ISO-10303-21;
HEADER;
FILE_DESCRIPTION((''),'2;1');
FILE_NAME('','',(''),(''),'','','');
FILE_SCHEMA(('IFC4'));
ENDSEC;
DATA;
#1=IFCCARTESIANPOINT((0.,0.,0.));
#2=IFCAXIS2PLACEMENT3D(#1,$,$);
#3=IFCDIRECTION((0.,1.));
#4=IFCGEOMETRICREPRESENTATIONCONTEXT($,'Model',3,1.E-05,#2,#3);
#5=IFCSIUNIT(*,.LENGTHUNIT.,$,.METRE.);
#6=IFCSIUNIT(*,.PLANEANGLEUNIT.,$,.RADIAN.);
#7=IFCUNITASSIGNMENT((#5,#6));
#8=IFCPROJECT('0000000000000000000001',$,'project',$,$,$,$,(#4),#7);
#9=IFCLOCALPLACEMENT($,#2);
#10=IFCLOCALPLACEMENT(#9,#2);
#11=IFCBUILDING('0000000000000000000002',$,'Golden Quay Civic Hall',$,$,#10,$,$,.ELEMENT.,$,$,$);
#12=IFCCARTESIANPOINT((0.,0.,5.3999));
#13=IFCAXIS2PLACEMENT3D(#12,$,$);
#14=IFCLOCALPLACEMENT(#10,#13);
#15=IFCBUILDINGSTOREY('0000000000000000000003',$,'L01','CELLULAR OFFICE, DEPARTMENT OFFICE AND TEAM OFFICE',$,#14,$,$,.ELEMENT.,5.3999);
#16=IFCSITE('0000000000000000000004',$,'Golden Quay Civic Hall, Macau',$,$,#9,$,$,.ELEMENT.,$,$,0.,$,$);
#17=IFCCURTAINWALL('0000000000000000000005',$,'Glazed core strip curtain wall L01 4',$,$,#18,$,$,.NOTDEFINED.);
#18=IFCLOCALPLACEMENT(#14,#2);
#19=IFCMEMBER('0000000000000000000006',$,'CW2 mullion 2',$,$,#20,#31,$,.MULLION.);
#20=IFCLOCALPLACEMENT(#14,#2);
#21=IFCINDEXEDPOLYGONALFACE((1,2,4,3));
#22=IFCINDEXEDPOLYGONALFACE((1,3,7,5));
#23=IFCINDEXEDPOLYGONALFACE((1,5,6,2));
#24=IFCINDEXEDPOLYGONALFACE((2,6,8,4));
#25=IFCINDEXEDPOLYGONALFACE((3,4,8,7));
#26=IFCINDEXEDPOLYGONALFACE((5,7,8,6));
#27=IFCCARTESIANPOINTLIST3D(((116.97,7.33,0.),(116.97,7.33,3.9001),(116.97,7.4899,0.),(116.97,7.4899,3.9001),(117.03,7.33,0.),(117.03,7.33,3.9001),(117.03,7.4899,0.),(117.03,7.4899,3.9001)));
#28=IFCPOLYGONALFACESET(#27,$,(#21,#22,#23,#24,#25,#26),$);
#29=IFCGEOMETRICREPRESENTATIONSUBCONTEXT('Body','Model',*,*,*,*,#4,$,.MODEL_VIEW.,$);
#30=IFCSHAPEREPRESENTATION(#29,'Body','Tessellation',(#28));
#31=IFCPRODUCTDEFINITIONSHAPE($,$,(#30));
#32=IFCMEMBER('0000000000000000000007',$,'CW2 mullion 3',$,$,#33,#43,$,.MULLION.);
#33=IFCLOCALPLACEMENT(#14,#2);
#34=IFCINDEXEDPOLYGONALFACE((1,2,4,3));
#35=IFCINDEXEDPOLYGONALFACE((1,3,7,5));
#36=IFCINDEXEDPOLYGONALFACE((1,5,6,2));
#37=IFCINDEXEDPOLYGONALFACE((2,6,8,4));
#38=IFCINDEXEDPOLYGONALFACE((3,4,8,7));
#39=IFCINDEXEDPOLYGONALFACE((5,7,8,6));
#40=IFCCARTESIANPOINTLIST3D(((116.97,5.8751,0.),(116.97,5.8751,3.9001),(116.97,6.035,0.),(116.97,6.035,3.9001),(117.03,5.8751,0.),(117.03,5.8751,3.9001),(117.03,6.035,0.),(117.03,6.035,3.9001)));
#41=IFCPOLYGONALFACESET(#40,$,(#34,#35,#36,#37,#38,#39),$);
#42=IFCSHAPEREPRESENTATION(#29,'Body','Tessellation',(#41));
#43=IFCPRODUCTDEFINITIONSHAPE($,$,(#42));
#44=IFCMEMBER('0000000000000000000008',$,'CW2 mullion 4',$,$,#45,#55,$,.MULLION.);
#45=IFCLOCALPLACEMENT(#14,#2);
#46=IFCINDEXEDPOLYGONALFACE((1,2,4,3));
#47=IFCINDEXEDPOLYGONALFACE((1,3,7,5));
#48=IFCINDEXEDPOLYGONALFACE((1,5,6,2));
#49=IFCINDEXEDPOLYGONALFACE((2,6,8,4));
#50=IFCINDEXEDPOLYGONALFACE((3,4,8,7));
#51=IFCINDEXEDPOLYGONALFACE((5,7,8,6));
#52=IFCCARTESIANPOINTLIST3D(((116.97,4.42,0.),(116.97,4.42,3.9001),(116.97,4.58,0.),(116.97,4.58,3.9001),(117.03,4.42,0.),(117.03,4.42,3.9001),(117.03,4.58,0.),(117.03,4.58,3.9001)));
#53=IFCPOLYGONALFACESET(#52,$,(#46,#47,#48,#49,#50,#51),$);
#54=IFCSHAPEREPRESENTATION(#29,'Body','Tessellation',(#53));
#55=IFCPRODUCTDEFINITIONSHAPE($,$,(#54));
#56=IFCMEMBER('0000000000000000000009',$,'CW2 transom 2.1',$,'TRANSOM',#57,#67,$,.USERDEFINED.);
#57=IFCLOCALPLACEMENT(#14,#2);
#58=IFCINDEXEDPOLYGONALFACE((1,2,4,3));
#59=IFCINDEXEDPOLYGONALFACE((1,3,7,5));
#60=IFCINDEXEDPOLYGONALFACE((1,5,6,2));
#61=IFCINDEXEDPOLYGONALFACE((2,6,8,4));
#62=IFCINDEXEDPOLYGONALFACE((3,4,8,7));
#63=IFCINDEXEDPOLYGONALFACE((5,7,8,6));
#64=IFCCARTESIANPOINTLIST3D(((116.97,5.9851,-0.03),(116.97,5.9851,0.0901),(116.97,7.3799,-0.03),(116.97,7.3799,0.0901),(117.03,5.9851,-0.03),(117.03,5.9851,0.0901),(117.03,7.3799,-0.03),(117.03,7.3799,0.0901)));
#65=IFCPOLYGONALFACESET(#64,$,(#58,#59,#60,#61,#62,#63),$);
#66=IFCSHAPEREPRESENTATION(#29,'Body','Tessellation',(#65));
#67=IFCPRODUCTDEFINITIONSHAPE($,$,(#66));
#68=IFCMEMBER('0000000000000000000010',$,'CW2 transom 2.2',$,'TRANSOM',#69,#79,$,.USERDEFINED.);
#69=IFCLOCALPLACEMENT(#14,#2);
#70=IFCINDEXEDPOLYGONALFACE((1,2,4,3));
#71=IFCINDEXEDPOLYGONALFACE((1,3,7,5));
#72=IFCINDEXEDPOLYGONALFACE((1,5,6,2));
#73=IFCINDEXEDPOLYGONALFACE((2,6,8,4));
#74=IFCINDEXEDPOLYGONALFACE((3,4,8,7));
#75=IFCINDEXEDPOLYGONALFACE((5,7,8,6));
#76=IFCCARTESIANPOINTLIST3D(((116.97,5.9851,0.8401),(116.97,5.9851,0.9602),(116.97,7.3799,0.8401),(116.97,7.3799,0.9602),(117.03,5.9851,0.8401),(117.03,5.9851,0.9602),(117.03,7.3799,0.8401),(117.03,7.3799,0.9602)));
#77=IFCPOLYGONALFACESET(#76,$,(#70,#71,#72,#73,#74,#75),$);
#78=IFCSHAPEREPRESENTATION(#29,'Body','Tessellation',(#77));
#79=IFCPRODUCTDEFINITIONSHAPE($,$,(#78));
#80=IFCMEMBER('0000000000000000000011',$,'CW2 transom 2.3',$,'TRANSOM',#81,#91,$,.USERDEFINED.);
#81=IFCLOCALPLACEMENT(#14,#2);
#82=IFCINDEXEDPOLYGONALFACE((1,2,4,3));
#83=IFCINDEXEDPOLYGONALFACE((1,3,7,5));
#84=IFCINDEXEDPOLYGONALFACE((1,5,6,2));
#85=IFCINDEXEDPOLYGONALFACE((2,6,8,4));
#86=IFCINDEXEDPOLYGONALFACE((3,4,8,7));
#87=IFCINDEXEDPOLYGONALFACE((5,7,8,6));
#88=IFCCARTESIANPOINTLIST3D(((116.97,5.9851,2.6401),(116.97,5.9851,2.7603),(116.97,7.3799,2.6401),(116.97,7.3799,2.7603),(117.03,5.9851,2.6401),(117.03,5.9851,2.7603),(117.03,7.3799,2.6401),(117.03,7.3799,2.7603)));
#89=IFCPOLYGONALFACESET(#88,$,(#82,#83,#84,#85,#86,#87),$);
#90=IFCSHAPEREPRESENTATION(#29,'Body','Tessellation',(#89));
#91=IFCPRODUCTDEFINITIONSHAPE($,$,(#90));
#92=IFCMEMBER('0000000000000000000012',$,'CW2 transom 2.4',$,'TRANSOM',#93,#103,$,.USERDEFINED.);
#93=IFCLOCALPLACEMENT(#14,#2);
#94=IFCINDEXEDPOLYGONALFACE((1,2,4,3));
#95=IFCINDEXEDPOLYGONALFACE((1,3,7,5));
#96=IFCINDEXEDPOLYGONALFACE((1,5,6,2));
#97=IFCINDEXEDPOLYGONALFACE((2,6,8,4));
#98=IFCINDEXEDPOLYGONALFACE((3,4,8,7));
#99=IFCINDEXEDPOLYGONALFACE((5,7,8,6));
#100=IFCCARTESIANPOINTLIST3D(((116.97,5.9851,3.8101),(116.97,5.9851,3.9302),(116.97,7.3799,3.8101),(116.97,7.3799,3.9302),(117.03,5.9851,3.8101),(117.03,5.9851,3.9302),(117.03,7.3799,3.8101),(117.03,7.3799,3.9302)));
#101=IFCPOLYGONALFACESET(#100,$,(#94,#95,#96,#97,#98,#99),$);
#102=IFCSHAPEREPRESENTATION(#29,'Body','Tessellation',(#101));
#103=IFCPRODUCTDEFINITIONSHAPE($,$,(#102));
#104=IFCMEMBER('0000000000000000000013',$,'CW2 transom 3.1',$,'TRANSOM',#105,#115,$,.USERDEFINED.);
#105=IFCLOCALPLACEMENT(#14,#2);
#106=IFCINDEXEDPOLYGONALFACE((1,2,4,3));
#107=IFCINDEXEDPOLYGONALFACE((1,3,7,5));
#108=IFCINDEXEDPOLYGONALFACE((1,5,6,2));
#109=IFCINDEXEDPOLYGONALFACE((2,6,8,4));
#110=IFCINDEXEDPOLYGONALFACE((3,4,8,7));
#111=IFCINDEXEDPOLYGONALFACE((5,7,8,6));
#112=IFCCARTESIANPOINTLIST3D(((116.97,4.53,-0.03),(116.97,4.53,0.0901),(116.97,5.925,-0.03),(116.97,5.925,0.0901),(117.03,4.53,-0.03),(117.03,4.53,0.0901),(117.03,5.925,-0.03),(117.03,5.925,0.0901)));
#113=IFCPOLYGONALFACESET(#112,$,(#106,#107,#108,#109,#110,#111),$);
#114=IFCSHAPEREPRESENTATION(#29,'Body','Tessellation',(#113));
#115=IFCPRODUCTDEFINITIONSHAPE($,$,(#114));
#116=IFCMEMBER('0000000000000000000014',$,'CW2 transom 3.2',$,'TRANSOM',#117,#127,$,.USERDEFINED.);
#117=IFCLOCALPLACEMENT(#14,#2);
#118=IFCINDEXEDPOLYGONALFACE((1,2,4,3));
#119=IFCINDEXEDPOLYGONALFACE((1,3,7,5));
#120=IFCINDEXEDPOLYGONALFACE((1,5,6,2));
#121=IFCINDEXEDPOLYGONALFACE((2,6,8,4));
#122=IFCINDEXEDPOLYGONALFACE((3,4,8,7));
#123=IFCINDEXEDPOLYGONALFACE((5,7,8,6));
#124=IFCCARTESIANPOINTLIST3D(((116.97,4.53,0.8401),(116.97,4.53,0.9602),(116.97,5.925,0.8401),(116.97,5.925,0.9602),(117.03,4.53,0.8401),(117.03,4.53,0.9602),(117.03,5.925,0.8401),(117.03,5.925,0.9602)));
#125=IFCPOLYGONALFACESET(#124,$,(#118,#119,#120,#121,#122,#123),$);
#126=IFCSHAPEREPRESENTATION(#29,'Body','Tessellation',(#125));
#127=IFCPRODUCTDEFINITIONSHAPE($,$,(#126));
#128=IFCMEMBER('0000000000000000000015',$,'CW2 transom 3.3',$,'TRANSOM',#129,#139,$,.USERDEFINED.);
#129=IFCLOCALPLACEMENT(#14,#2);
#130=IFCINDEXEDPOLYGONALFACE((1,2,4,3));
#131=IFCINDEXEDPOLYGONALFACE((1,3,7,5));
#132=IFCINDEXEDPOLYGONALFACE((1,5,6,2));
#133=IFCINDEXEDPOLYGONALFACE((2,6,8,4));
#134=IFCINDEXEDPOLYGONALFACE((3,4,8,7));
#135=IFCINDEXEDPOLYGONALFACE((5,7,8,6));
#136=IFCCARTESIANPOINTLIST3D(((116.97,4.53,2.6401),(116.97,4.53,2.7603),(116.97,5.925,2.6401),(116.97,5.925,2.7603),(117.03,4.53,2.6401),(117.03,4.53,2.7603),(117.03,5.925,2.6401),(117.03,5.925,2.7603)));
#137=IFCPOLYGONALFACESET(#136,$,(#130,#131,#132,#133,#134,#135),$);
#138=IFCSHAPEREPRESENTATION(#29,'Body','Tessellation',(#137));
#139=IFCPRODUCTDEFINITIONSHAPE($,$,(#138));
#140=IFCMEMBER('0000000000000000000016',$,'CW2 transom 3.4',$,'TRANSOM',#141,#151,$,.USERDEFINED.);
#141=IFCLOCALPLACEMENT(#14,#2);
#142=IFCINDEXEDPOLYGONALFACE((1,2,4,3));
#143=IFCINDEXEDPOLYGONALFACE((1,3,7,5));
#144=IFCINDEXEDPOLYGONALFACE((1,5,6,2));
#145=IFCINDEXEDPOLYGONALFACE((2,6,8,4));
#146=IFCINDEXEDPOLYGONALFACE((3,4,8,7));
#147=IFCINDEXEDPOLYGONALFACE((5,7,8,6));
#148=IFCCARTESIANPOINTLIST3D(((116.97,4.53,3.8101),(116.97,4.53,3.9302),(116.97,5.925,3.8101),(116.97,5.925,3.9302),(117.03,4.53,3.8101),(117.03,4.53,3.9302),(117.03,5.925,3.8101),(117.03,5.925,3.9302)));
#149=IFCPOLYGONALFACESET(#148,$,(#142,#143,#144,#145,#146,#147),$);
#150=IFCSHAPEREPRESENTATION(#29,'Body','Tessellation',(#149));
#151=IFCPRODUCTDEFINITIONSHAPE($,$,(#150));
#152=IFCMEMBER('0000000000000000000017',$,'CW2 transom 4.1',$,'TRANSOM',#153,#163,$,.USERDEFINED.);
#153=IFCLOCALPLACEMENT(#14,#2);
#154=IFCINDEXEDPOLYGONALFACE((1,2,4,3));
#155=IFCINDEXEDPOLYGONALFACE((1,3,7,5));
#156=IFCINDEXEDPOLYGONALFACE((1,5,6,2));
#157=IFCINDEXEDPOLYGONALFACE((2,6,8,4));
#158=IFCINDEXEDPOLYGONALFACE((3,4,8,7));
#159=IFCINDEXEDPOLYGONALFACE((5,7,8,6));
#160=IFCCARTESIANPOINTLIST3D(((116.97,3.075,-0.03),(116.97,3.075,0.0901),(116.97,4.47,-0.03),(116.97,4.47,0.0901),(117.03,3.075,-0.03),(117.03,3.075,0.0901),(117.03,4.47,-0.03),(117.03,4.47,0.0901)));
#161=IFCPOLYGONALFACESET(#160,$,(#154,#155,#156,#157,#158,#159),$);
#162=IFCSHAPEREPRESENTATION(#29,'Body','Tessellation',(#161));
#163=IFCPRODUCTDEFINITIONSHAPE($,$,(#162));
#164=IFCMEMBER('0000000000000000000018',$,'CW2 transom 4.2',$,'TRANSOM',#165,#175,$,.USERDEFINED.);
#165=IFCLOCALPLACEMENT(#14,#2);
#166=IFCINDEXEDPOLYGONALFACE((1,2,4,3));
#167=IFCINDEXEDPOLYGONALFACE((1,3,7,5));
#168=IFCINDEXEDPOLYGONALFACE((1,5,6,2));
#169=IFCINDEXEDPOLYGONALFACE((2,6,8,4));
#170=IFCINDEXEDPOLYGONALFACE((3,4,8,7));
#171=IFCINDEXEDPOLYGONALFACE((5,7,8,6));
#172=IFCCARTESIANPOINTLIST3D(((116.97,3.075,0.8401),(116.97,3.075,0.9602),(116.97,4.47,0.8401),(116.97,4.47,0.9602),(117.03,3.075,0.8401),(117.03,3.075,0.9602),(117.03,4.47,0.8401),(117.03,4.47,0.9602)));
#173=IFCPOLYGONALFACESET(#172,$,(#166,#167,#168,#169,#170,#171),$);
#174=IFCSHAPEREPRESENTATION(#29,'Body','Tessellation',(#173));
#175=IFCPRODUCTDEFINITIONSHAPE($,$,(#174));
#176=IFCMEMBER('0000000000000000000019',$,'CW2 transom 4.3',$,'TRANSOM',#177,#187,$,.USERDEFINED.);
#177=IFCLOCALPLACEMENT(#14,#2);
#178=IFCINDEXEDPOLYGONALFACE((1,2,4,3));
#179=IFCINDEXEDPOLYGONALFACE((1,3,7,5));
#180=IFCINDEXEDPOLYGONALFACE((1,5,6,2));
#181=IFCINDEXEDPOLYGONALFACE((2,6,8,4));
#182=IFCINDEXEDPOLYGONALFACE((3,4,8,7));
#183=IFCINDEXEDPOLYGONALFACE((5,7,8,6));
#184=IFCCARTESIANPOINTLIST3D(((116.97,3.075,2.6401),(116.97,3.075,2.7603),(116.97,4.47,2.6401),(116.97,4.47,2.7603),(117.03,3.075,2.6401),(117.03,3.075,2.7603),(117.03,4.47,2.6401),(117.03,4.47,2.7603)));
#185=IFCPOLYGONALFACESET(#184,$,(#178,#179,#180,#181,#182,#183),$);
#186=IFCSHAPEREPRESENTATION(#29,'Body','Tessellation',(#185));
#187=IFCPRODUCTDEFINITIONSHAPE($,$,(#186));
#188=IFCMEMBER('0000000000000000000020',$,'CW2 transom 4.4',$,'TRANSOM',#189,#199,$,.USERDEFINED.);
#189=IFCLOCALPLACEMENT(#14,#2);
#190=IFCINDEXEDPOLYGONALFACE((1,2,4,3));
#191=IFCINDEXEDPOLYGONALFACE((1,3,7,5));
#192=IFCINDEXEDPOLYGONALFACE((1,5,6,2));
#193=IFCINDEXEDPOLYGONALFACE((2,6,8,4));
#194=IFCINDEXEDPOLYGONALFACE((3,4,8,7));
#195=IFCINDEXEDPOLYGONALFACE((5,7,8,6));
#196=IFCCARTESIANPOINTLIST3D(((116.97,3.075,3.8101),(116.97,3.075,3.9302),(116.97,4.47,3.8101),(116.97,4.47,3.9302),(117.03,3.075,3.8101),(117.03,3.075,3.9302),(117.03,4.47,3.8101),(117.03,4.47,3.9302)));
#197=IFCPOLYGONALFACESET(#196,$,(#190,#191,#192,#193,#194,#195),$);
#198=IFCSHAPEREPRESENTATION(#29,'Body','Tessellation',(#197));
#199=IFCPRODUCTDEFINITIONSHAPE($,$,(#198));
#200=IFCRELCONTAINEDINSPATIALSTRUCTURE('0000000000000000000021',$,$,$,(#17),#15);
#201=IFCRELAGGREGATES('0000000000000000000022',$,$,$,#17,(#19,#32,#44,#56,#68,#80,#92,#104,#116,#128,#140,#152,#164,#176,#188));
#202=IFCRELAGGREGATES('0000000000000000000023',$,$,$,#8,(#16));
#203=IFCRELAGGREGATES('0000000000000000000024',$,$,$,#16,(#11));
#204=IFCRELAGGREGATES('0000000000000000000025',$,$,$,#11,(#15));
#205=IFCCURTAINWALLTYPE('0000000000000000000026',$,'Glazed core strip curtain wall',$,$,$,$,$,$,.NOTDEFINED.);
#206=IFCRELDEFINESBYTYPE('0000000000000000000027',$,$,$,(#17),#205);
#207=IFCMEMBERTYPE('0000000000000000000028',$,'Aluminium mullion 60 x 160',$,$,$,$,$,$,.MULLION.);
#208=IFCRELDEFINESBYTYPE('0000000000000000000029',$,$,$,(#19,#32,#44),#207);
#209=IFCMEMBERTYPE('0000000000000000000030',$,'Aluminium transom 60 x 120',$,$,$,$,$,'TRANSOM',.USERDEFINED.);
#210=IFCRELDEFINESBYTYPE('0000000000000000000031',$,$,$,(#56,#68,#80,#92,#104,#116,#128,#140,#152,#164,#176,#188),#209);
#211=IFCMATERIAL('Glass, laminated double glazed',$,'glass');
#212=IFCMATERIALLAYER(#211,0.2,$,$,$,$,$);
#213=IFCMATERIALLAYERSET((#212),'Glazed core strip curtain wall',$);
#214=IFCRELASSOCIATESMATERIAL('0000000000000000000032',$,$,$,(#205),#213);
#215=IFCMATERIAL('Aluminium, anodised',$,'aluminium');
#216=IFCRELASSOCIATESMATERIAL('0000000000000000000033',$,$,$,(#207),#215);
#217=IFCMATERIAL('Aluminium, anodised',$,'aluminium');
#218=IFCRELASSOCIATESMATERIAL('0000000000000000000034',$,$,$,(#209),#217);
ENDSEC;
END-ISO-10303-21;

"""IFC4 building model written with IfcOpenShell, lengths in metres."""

from ifc_helpers import new_model, si_unit, direction, frame, origin, origin_2d, place, context, subcontext, project, spatial, rectangle, extrude, material, layer, layer_set, material_profile, profile_set, type_object, element, aggregate, save


model = new_model("IFC4")

# Units and contexts
model_context = context("Model", 3, precision=1e-05, world=origin(), true_north=direction((0.0, 1.0)))
body_context = subcontext(model_context, "Body", "Model", "MODEL_VIEW")
ifc_project = project(units=[si_unit("LENGTHUNIT", "METRE"), si_unit("PLANEANGLEUNIT", "RADIAN")], contexts=[model_context])

# Site, building, storey
site_placement = place(None, origin())
site = spatial("IfcSite", under=ifc_project, at=site_placement, Name="Golden Quay Civic Hall, Macau", CompositionType="ELEMENT", RefElevation=0.0)
building_placement = place(site_placement, origin())
building = spatial("IfcBuilding", under=site, at=building_placement, Name="Golden Quay Civic Hall", CompositionType="ELEMENT")
storey_placement = place(building_placement, frame((0.0, 0.0, 5.3999)))
storey = spatial("IfcBuildingStorey", under=building, at=storey_placement, Name="L01", Description="CELLULAR OFFICE, DEPARTMENT OFFICE AND TEAM OFFICE", CompositionType="ELEMENT", Elevation=5.3999)

# Curtain wall, members
ifc_material_1 = material(Name="Glass, laminated double glazed", Category="glass")
ifc_layer_1 = layer(ifc_material_1, 0.2)
ifc_layer_set_1 = layer_set([ifc_layer_1], Name="Glazed core strip curtain wall")
curtain_wall_type = type_object("IfcCurtainWallType", Name="Glazed core strip curtain wall", PredefinedType="NOTDEFINED", material=ifc_layer_set_1)
curtain_wall_placement = place(storey_placement, origin())
curtain_wall = element("IfcCurtainWall", 1, at=curtain_wall_placement, inside=storey, type_object=curtain_wall_type, Name="Glazed core strip curtain wall L01 4", PredefinedType="NOTDEFINED")
ifc_material_2 = material(Name="Aluminium, anodised", Category="aluminium")
ifc_material_profile_1 = material_profile(ifc_material_2, rectangle(XDim=0.0601, YDim=0.1599, at=origin_2d()), Name="Aluminium 60 x 160")
ifc_profile_set_1 = profile_set([ifc_material_profile_1], Name="Aluminium, anodised")
member_type_1 = type_object("IfcMemberType", Name="Aluminium mullion 60 x 160", PredefinedType="MULLION", material=ifc_profile_set_1)
member_1_placement = place(storey_placement, frame((117.0, 7.4099, 0.0), z_axis=(0.0, 0.0, 1.0), x_axis=(1.0, 0.0, 0.0)))
member_1 = element("IfcMember", 2, at=member_1_placement, type_object=member_type_1, Name="CW2 mullion 2", PredefinedType="MULLION", context=body_context, shape_type="SweptSolid", body=[
    extrude(rectangle(XDim=0.0601, YDim=0.1599, at=origin_2d()), origin(), (0.0, 0.0, 1.0), 3.9001),
])
member_2_placement = place(storey_placement, frame((117.0, 5.9551, 0.0), z_axis=(0.0, 0.0, 1.0), x_axis=(1.0, 0.0, 0.0)))
member_2 = element("IfcMember", 3, at=member_2_placement, type_object=member_type_1, Name="CW2 mullion 3", PredefinedType="MULLION", context=body_context, shape_type="SweptSolid", body=[
    extrude(rectangle(XDim=0.0601, YDim=0.1599, at=origin_2d()), origin(), (0.0, 0.0, 1.0), 3.9001),
])
member_3_placement = place(storey_placement, frame((117.0, 4.5, 0.0), z_axis=(0.0, 0.0, 1.0), x_axis=(1.0, 0.0, 0.0)))
member_3 = element("IfcMember", 4, at=member_3_placement, type_object=member_type_1, Name="CW2 mullion 4", PredefinedType="MULLION", context=body_context, shape_type="SweptSolid", body=[
    extrude(rectangle(XDim=0.0601, YDim=0.1599, at=origin_2d()), origin(), (0.0, 0.0, 1.0), 3.9001),
])
ifc_material_3 = material(Name="Aluminium, anodised", Category="aluminium")
ifc_material_profile_2 = material_profile(ifc_material_3, rectangle(XDim=0.0601, YDim=0.1201, at=origin_2d()), Name="Aluminium 60 x 120")
ifc_profile_set_2 = profile_set([ifc_material_profile_2], Name="Aluminium, anodised")
member_type_2 = type_object("IfcMemberType", Name="Aluminium transom 60 x 120", ElementType="TRANSOM", PredefinedType="USERDEFINED", material=ifc_profile_set_2)
member_4_placement = place(storey_placement, frame((117.0, 7.3799, 0.03), z_axis=(0.0, -1.0, 0.0), x_axis=(1.0, 0.0, 0.0)))
member_4 = element("IfcMember", 5, at=member_4_placement, type_object=member_type_2, Name="CW2 transom 2.1", ObjectType="TRANSOM", PredefinedType="USERDEFINED", context=body_context, shape_type="SweptSolid", body=[
    extrude(rectangle(XDim=0.0601, YDim=0.1201, at=origin_2d()), origin(), (0.0, 0.0, 1.0), 1.3948),
])
member_5_placement = place(storey_placement, frame((117.0, 7.3799, 0.9001), z_axis=(0.0, -1.0, 0.0), x_axis=(1.0, 0.0, 0.0)))
member_5 = element("IfcMember", 6, at=member_5_placement, type_object=member_type_2, Name="CW2 transom 2.2", ObjectType="TRANSOM", PredefinedType="USERDEFINED", context=body_context, shape_type="SweptSolid", body=[
    extrude(rectangle(XDim=0.0601, YDim=0.1201, at=origin_2d()), origin(), (0.0, 0.0, 1.0), 1.3948),
])
member_6_placement = place(storey_placement, frame((117.0, 7.3799, 2.7002), z_axis=(0.0, -1.0, 0.0), x_axis=(1.0, 0.0, 0.0)))
member_6 = element("IfcMember", 7, at=member_6_placement, type_object=member_type_2, Name="CW2 transom 2.3", ObjectType="TRANSOM", PredefinedType="USERDEFINED", context=body_context, shape_type="SweptSolid", body=[
    extrude(rectangle(XDim=0.0601, YDim=0.1201, at=origin_2d()), origin(), (0.0, 0.0, 1.0), 1.3948),
])
member_7_placement = place(storey_placement, frame((117.0, 7.3799, 3.8701), z_axis=(0.0, -1.0, 0.0), x_axis=(1.0, 0.0, 0.0)))
member_7 = element("IfcMember", 8, at=member_7_placement, type_object=member_type_2, Name="CW2 transom 2.4", ObjectType="TRANSOM", PredefinedType="USERDEFINED", context=body_context, shape_type="SweptSolid", body=[
    extrude(rectangle(XDim=0.0601, YDim=0.1201, at=origin_2d()), origin(), (0.0, 0.0, 1.0), 1.3948),
])
member_8_placement = place(storey_placement, frame((117.0, 5.925, 0.03), z_axis=(0.0, -1.0, 0.0), x_axis=(1.0, 0.0, 0.0)))
member_8 = element("IfcMember", 9, at=member_8_placement, type_object=member_type_2, Name="CW2 transom 3.1", ObjectType="TRANSOM", PredefinedType="USERDEFINED", context=body_context, shape_type="SweptSolid", body=[
    extrude(rectangle(XDim=0.0601, YDim=0.1201, at=origin_2d()), origin(), (0.0, 0.0, 1.0), 1.395),
])
member_9_placement = place(storey_placement, frame((117.0, 5.925, 0.9001), z_axis=(0.0, -1.0, 0.0), x_axis=(1.0, 0.0, 0.0)))
member_9 = element("IfcMember", 10, at=member_9_placement, type_object=member_type_2, Name="CW2 transom 3.2", ObjectType="TRANSOM", PredefinedType="USERDEFINED", context=body_context, shape_type="SweptSolid", body=[
    extrude(rectangle(XDim=0.0601, YDim=0.1201, at=origin_2d()), origin(), (0.0, 0.0, 1.0), 1.395),
])
member_10_placement = place(storey_placement, frame((117.0, 5.925, 2.7002), z_axis=(0.0, -1.0, 0.0), x_axis=(1.0, 0.0, 0.0)))
member_10 = element("IfcMember", 11, at=member_10_placement, type_object=member_type_2, Name="CW2 transom 3.3", ObjectType="TRANSOM", PredefinedType="USERDEFINED", context=body_context, shape_type="SweptSolid", body=[
    extrude(rectangle(XDim=0.0601, YDim=0.1201, at=origin_2d()), origin(), (0.0, 0.0, 1.0), 1.395),
])
member_11_placement = place(storey_placement, frame((117.0, 5.925, 3.8701), z_axis=(0.0, -1.0, 0.0), x_axis=(1.0, 0.0, 0.0)))
member_11 = element("IfcMember", 12, at=member_11_placement, type_object=member_type_2, Name="CW2 transom 3.4", ObjectType="TRANSOM", PredefinedType="USERDEFINED", context=body_context, shape_type="SweptSolid", body=[
    extrude(rectangle(XDim=0.0601, YDim=0.1201, at=origin_2d()), origin(), (0.0, 0.0, 1.0), 1.395),
])
member_12_placement = place(storey_placement, frame((117.0, 4.47, 0.03), z_axis=(0.0, -1.0, 0.0), x_axis=(1.0, 0.0, 0.0)))
member_12 = element("IfcMember", 13, at=member_12_placement, type_object=member_type_2, Name="CW2 transom 4.1", ObjectType="TRANSOM", PredefinedType="USERDEFINED", context=body_context, shape_type="SweptSolid", body=[
    extrude(rectangle(XDim=0.0601, YDim=0.1201, at=origin_2d()), origin(), (0.0, 0.0, 1.0), 1.395),
])
member_13_placement = place(storey_placement, frame((117.0, 4.47, 0.9001), z_axis=(0.0, -1.0, 0.0), x_axis=(1.0, 0.0, 0.0)))
member_13 = element("IfcMember", 14, at=member_13_placement, type_object=member_type_2, Name="CW2 transom 4.2", ObjectType="TRANSOM", PredefinedType="USERDEFINED", context=body_context, shape_type="SweptSolid", body=[
    extrude(rectangle(XDim=0.0601, YDim=0.1201, at=origin_2d()), origin(), (0.0, 0.0, 1.0), 1.395),
])
member_14_placement = place(storey_placement, frame((117.0, 4.47, 2.7002), z_axis=(0.0, -1.0, 0.0), x_axis=(1.0, 0.0, 0.0)))
member_14 = element("IfcMember", 15, at=member_14_placement, type_object=member_type_2, Name="CW2 transom 4.3", ObjectType="TRANSOM", PredefinedType="USERDEFINED", context=body_context, shape_type="SweptSolid", body=[
    extrude(rectangle(XDim=0.0601, YDim=0.1201, at=origin_2d()), origin(), (0.0, 0.0, 1.0), 1.395),
])
member_15_placement = place(storey_placement, frame((117.0, 4.47, 3.8701), z_axis=(0.0, -1.0, 0.0), x_axis=(1.0, 0.0, 0.0)))
member_15 = element("IfcMember", 16, at=member_15_placement, type_object=member_type_2, Name="CW2 transom 4.4", ObjectType="TRANSOM", PredefinedType="USERDEFINED", context=body_context, shape_type="SweptSolid", body=[
    extrude(rectangle(XDim=0.0601, YDim=0.1201, at=origin_2d()), origin(), (0.0, 0.0, 1.0), 1.395),
])
aggregate(curtain_wall, [member_1, member_2, member_3, member_4, member_5, member_6, member_7, member_8, member_9, member_10, member_11, member_12, member_13, member_14, member_15])

save(model, "model.ifc")
